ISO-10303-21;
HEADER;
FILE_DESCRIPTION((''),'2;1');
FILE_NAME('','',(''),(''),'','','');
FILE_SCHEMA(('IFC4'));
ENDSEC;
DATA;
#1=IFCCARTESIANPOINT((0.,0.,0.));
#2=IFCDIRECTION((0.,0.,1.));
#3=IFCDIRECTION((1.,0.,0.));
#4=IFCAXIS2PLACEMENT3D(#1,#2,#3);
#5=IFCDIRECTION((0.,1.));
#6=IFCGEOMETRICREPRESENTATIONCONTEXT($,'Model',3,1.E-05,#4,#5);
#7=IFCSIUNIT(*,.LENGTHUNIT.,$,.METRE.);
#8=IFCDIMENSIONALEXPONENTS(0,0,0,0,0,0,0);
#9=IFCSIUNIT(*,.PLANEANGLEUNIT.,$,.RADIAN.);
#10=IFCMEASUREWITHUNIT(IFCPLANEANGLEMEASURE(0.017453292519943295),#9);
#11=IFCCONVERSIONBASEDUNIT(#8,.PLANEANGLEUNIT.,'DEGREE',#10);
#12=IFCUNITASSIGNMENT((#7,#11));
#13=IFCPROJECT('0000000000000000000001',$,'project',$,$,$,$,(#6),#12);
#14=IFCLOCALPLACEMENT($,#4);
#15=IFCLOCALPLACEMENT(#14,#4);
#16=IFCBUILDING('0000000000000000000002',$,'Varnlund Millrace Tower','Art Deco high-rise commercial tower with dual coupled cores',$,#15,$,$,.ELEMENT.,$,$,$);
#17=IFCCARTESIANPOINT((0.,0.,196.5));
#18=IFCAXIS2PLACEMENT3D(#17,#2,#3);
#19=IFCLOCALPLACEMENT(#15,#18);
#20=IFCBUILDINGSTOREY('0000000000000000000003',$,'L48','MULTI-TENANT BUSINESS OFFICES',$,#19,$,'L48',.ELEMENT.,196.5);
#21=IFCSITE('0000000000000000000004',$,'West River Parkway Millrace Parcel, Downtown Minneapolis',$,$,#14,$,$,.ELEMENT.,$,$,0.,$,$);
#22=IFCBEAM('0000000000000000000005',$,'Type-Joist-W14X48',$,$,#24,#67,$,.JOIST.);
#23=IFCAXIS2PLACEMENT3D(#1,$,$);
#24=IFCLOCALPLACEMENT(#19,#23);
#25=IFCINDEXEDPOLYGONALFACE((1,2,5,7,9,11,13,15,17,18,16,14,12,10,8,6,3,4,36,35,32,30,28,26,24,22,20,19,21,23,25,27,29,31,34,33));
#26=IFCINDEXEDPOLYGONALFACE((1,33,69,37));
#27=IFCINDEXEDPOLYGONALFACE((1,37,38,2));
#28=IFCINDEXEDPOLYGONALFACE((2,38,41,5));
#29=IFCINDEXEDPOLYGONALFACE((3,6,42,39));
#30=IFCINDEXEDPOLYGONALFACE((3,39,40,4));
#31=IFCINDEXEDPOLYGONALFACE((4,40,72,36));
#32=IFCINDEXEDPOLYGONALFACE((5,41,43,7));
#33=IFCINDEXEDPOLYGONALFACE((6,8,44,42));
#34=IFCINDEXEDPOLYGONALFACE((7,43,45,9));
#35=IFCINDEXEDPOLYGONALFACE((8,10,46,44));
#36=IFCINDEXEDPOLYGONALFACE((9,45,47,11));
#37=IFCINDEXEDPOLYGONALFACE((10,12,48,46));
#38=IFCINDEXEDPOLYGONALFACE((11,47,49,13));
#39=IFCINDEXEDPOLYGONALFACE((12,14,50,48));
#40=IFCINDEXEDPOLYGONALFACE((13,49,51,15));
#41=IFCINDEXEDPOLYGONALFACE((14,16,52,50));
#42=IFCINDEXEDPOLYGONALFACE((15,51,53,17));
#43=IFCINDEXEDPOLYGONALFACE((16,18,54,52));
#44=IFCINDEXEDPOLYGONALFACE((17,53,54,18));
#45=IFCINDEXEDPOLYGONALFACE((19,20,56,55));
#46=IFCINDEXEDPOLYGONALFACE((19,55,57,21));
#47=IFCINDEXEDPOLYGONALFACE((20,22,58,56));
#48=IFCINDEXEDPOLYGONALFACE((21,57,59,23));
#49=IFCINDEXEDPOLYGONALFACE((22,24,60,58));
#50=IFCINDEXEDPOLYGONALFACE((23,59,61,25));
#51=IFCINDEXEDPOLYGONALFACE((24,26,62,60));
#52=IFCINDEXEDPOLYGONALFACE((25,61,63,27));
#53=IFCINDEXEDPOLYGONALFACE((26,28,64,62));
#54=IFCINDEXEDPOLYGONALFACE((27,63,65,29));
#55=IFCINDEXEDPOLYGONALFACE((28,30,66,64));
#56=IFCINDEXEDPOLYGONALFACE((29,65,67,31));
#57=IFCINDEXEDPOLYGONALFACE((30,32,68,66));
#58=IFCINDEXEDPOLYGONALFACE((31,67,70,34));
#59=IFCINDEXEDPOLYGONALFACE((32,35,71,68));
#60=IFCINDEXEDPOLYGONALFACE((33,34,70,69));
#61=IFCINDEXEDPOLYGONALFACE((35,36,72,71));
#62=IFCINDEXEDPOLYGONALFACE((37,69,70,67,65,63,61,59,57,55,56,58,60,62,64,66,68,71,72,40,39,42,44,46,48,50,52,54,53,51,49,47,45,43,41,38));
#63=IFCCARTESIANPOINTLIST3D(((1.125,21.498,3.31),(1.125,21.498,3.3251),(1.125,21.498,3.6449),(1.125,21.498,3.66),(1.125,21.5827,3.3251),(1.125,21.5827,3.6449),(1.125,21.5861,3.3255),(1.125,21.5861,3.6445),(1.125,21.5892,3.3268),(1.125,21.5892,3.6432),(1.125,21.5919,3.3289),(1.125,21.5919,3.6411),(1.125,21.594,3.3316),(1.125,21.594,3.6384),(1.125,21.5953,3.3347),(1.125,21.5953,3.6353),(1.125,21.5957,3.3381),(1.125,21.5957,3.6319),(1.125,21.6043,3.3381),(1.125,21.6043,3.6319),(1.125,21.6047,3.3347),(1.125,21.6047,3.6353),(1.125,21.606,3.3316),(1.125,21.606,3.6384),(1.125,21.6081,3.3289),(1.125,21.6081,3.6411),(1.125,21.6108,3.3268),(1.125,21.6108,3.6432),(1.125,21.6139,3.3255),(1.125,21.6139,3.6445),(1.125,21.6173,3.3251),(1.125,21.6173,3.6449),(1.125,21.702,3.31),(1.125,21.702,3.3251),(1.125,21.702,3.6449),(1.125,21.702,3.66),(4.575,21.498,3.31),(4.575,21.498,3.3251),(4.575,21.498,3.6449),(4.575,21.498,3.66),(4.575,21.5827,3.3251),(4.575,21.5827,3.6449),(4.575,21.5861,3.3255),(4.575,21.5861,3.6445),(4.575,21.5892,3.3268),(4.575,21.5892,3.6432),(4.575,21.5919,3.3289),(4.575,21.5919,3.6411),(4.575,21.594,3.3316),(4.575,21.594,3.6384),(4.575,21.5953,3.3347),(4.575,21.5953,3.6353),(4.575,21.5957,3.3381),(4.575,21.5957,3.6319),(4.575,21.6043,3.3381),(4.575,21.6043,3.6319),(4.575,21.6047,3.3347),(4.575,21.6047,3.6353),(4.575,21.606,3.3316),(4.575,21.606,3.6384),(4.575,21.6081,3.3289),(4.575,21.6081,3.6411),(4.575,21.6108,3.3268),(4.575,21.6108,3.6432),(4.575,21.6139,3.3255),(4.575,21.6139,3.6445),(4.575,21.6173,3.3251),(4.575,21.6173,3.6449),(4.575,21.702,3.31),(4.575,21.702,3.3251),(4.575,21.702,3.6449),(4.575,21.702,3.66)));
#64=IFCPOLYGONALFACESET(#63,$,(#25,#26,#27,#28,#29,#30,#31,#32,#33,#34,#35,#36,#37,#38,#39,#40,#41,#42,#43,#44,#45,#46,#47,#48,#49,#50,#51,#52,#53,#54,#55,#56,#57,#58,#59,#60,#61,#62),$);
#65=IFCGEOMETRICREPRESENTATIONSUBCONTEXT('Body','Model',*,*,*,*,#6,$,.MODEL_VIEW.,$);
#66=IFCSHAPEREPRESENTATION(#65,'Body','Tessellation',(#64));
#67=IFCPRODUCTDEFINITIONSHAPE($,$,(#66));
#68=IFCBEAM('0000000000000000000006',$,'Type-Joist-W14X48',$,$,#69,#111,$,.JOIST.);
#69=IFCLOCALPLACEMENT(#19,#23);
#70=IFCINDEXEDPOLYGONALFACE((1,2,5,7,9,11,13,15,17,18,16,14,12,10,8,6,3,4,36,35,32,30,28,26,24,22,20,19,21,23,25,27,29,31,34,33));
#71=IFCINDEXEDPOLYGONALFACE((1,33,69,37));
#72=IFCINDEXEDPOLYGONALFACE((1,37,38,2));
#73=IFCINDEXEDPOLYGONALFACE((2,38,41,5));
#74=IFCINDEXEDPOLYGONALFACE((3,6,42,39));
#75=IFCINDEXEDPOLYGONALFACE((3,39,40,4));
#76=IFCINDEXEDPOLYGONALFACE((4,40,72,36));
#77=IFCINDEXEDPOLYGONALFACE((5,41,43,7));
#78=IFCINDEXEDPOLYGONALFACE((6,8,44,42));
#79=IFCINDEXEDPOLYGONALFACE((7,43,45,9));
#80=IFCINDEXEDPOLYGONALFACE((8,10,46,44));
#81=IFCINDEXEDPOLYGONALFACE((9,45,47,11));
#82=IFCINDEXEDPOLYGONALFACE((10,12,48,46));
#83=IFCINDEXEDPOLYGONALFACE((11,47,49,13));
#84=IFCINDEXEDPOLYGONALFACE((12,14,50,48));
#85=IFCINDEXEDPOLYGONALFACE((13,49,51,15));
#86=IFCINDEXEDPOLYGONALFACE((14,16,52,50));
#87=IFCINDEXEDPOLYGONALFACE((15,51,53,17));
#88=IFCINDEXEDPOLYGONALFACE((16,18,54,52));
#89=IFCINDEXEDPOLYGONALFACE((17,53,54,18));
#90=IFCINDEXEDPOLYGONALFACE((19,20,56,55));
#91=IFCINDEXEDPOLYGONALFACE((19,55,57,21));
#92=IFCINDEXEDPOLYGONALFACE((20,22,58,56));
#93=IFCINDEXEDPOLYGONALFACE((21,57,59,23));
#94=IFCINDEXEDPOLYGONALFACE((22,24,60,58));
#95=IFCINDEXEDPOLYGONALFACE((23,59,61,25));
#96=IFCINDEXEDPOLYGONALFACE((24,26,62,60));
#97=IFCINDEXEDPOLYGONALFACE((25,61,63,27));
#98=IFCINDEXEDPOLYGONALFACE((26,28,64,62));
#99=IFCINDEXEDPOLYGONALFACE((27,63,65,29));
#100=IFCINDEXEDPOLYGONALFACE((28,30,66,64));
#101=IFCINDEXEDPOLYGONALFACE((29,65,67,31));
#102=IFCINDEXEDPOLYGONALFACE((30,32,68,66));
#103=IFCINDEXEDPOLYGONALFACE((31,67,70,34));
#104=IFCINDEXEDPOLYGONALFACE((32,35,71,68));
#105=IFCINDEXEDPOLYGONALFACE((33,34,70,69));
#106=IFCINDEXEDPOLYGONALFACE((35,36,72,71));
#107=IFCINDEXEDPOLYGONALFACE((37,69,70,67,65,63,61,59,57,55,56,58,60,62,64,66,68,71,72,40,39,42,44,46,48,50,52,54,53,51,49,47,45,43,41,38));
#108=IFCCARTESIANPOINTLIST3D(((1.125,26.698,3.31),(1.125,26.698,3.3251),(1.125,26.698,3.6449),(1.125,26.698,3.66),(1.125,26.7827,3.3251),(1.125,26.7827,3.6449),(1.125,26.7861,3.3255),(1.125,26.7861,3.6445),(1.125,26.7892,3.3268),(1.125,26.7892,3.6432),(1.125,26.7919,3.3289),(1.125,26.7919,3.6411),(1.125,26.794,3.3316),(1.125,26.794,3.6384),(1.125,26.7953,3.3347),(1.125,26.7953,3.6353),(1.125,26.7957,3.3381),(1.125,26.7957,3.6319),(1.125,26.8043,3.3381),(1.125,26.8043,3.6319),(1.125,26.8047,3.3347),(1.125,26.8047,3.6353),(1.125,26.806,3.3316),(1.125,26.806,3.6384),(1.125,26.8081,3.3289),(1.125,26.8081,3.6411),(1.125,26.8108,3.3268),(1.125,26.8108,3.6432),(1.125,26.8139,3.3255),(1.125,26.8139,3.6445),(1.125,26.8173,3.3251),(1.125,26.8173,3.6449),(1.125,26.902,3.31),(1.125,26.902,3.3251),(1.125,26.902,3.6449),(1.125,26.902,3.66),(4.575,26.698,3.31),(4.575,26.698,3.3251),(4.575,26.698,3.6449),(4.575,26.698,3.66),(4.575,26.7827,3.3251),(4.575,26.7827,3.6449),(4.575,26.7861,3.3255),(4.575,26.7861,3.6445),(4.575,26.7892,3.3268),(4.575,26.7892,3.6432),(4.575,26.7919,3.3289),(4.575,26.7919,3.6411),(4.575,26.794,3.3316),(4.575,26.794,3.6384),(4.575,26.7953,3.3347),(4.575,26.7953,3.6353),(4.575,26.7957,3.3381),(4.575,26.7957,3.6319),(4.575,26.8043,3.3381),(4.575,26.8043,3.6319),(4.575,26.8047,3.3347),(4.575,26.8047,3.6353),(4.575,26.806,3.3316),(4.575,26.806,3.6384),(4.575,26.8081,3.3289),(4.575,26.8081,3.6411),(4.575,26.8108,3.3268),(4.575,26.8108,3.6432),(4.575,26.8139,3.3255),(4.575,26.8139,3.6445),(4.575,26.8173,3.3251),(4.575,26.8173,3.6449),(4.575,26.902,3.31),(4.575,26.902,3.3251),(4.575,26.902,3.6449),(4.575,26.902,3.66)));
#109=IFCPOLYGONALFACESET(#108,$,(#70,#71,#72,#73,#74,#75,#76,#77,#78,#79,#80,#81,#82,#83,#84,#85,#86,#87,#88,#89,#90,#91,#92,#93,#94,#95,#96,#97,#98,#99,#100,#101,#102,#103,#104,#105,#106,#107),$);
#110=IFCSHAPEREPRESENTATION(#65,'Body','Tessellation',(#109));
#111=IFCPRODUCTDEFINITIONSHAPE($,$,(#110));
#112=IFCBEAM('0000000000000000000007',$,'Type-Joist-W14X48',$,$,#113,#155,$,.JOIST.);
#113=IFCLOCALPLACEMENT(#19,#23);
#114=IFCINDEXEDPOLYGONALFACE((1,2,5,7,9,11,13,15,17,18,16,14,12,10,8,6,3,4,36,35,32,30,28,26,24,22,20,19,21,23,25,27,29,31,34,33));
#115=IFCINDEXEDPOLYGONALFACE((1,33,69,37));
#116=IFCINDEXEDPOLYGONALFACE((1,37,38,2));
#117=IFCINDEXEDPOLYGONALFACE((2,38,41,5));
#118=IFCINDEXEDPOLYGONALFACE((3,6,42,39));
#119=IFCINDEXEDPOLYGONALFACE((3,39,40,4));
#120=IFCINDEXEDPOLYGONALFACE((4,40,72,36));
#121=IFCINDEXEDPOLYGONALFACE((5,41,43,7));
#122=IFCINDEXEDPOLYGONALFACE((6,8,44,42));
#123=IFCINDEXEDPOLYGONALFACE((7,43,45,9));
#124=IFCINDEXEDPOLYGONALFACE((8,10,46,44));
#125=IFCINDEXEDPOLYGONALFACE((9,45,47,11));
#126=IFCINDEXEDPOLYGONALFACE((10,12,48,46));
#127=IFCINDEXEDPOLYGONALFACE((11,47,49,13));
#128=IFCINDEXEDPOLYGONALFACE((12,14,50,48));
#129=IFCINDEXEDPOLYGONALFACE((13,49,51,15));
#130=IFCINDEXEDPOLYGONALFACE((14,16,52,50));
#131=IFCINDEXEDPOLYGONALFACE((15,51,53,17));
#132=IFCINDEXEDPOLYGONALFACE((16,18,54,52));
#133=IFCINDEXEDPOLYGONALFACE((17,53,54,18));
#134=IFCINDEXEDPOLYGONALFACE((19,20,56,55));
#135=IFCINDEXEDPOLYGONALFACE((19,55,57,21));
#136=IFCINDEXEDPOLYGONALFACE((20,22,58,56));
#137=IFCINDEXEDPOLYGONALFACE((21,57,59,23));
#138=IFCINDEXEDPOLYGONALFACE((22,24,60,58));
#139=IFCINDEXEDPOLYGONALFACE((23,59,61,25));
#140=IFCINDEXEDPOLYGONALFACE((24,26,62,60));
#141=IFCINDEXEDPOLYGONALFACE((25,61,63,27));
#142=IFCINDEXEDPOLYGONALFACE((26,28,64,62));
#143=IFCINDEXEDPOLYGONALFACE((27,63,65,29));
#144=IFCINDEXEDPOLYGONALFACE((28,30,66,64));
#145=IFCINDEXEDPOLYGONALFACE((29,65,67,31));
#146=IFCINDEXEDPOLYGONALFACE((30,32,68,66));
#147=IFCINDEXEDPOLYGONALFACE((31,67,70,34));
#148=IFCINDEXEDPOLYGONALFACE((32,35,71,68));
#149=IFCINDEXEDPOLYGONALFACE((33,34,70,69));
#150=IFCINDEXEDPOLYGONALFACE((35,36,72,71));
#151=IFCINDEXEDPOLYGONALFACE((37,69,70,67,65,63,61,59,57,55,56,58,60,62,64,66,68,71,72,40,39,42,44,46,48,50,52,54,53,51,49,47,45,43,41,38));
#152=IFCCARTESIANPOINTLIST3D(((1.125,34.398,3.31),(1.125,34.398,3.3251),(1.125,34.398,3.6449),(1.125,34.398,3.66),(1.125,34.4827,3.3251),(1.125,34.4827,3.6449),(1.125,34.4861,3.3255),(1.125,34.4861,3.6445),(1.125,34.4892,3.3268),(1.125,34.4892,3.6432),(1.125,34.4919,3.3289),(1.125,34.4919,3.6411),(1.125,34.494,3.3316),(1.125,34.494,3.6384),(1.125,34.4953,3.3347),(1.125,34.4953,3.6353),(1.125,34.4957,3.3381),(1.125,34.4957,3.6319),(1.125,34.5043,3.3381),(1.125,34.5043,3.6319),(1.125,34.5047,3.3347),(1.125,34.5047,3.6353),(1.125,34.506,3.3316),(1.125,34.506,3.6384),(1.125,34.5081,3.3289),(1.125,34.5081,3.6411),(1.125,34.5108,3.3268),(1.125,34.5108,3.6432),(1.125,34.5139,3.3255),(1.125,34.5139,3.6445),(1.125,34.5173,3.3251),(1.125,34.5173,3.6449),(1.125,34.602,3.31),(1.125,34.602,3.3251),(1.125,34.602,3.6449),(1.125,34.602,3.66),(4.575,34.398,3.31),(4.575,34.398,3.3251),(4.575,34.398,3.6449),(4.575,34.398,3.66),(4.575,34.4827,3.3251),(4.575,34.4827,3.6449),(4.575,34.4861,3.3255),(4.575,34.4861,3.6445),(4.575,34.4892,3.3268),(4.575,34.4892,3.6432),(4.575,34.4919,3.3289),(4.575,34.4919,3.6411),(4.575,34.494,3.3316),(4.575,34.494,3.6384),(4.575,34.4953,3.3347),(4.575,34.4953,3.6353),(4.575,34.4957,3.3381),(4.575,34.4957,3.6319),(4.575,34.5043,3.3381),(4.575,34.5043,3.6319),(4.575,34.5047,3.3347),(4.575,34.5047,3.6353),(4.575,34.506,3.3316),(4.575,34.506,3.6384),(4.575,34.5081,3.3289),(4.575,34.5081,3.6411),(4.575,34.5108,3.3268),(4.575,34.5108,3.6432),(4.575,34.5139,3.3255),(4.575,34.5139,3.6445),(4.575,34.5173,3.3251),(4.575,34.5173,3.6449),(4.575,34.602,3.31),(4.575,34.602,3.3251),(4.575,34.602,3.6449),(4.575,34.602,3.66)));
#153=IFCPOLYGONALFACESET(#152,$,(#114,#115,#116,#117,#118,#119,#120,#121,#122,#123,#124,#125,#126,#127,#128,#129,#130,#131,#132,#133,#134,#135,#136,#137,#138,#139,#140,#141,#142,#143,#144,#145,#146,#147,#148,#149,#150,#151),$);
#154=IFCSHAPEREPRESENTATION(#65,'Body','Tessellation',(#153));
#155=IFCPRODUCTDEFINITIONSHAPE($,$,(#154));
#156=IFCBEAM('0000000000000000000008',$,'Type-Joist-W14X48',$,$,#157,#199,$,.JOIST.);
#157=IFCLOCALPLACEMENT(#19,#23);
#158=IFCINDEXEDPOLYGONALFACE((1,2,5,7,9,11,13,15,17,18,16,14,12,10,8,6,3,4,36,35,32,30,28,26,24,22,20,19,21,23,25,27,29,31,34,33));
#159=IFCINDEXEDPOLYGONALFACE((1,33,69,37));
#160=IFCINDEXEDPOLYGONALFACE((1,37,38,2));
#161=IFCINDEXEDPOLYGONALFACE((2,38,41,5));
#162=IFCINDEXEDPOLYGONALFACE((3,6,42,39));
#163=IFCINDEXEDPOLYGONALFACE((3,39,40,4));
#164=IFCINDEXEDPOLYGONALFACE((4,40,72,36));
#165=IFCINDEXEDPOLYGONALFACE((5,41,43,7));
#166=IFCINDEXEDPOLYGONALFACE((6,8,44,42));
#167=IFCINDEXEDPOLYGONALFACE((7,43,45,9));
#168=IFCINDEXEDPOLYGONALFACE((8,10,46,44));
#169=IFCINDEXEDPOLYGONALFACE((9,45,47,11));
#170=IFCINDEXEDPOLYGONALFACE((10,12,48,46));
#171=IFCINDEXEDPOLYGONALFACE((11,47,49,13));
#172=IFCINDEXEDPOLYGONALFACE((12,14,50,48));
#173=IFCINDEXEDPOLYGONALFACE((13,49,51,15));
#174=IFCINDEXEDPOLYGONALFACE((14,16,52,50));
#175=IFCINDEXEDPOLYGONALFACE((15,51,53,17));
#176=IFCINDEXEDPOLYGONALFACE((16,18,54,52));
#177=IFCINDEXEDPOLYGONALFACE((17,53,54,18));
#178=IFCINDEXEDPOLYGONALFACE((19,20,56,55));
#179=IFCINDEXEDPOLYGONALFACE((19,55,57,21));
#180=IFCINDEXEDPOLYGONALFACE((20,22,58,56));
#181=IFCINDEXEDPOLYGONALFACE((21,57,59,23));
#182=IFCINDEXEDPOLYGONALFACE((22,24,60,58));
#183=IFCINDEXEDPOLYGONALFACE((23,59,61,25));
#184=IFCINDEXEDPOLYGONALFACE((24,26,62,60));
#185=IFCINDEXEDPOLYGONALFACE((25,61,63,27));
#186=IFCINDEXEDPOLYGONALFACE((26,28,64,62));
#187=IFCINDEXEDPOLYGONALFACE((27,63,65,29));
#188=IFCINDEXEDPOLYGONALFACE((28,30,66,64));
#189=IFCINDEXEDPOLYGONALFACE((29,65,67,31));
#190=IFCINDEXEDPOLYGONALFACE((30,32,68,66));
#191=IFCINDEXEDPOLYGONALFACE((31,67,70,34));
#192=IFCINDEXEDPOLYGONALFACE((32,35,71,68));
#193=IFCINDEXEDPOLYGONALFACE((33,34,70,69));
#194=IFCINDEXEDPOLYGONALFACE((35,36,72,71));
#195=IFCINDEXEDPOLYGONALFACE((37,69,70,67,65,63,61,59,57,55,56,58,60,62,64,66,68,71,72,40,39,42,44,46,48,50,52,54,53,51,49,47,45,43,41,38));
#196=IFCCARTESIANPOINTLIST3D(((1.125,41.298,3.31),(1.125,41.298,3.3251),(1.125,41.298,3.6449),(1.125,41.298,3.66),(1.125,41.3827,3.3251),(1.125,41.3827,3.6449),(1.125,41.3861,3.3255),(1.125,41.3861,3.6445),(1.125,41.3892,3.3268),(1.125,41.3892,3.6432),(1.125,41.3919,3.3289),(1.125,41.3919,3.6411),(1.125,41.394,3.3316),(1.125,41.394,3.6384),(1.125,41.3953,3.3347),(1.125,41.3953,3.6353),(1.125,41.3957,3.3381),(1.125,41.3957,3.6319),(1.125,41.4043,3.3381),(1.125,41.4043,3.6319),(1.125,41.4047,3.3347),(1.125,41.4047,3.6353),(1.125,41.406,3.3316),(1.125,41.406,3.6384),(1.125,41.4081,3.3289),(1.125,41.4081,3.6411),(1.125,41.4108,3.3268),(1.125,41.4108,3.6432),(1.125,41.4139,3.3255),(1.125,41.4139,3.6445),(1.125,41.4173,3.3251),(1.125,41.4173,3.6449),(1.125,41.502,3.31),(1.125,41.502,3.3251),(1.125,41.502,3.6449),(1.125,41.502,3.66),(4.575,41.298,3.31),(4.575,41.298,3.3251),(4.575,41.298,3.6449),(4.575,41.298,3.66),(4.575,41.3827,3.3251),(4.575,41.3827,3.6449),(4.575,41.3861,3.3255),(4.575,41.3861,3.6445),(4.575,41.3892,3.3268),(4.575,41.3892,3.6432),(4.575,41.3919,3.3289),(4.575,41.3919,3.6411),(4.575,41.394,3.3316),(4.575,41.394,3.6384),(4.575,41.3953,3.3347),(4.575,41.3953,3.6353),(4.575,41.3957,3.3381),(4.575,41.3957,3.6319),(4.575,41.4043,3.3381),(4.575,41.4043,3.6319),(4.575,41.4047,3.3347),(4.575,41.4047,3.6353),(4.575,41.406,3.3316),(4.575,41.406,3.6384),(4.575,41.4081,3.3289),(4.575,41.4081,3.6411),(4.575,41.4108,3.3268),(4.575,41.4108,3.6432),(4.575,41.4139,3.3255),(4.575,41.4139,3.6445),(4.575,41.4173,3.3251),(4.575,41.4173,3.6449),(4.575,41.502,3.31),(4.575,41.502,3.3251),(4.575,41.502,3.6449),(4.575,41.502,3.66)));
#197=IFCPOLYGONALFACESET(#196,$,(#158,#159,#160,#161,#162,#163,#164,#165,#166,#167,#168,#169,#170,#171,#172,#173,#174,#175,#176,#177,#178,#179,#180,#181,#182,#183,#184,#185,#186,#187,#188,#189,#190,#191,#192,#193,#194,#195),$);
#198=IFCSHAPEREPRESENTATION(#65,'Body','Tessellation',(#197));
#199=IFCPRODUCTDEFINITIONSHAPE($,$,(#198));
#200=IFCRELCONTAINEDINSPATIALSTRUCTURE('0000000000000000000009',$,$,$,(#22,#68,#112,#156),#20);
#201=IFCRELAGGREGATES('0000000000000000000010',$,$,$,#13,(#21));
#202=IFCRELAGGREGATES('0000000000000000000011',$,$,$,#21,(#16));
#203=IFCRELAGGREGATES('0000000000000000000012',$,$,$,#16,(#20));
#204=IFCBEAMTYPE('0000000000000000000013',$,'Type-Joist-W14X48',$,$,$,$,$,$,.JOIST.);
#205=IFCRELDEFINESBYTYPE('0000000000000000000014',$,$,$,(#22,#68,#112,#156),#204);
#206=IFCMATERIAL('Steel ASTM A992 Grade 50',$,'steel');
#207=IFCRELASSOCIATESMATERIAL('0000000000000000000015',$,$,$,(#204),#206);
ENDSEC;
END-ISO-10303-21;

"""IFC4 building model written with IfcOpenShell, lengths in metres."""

from ifc_helpers import new_model, entity, si_unit, converted_unit, direction, frame, origin_with_axes, origin_2d_with_axis, place, context, subcontext, project, spatial, i_section, extrude, material, material_profile, profile_set, type_object, element, save


model = new_model("IFC4")

# Units and contexts
model_context = context("Model", 3, precision=1e-05, world=origin_with_axes(), true_north=direction((0.0, 1.0)))
body_context = subcontext(model_context, "Body", "Model", "MODEL_VIEW")
ifc_project = project(units=[si_unit("LENGTHUNIT", "METRE"), converted_unit("PLANEANGLEUNIT", "DEGREE", entity("IfcPlaneAngleMeasure", 0.017453292519943295), si_unit("PLANEANGLEUNIT", "RADIAN"), dimensions=[0, 0, 0, 0, 0, 0, 0])], contexts=[model_context])

# Site, building, storey
site_placement = place(None, origin_with_axes())
site = spatial("IfcSite", under=ifc_project, at=site_placement, Name="West River Parkway Millrace Parcel, Downtown Minneapolis", CompositionType="ELEMENT", RefElevation=0.0)
building_placement = place(site_placement, origin_with_axes())
building = spatial("IfcBuilding", under=site, at=building_placement, Name="Varnlund Millrace Tower", Description="Art Deco high-rise commercial tower with dual coupled cores", CompositionType="ELEMENT")
storey_placement = place(building_placement, frame((0.0, 0.0, 196.5), z_axis=(0.0, 0.0, 1.0), x_axis=(1.0, 0.0, 0.0)))
storey = spatial("IfcBuildingStorey", under=building, at=storey_placement, Name="L48", Description="MULTI-TENANT BUSINESS OFFICES", LongName="L48", CompositionType="ELEMENT", Elevation=196.5)

# Beams
ifc_material_1 = material(Name="Steel ASTM A992 Grade 50", Category="steel")
ifc_material_profile_1 = material_profile(ifc_material_1, i_section(OverallWidth=0.204, OverallDepth=0.35, WebThickness=0.0086, FlangeThickness=0.0151, FilletRadius=0.013, at=origin_2d_with_axis()), Name="Steel ASTM A992 Grade 50")
ifc_profile_set_1 = profile_set([ifc_material_profile_1], Name="Steel ASTM A992 Grade 50")
beam_type_1 = type_object("IfcBeamType", Name="Type-Joist-W14X48", PredefinedType="JOIST", material=ifc_profile_set_1)
for number, where, z_axis, x_axis, name in (
    (1, (1.125, 21.6, 3.485), (1.0, 0.0, 0.0), (0.0, 1.0, 0.0), "Type-Joist-W14X48"),
    (2, (1.125, 26.8, 3.485), (1.0, 0.0, 0.0), (0.0, 1.0, 0.0), "Type-Joist-W14X48"),
    (3, (1.125, 34.5, 3.485), (1.0, 0.0, 0.0), (0.0, 1.0, 0.0), "Type-Joist-W14X48"),
    (4, (1.125, 41.4, 3.485), (1.0, 0.0, 0.0), (0.0, 1.0, 0.0), "Type-Joist-W14X48"),
):
    element("IfcBeam", number, at=place(storey_placement, frame(where, z_axis=z_axis, x_axis=x_axis)), inside=storey, type_object=beam_type_1, Name=name, PredefinedType="JOIST", context=body_context, shape_type="SweptSolid", body=[
        extrude(i_section(OverallWidth=0.204, OverallDepth=0.35, WebThickness=0.0086, FlangeThickness=0.0151, FilletRadius=0.013, at=origin_2d_with_axis()), origin_with_axes(), (0.0, 0.0, 1.0), 3.45),
    ])

save(model, "model.ifc")
